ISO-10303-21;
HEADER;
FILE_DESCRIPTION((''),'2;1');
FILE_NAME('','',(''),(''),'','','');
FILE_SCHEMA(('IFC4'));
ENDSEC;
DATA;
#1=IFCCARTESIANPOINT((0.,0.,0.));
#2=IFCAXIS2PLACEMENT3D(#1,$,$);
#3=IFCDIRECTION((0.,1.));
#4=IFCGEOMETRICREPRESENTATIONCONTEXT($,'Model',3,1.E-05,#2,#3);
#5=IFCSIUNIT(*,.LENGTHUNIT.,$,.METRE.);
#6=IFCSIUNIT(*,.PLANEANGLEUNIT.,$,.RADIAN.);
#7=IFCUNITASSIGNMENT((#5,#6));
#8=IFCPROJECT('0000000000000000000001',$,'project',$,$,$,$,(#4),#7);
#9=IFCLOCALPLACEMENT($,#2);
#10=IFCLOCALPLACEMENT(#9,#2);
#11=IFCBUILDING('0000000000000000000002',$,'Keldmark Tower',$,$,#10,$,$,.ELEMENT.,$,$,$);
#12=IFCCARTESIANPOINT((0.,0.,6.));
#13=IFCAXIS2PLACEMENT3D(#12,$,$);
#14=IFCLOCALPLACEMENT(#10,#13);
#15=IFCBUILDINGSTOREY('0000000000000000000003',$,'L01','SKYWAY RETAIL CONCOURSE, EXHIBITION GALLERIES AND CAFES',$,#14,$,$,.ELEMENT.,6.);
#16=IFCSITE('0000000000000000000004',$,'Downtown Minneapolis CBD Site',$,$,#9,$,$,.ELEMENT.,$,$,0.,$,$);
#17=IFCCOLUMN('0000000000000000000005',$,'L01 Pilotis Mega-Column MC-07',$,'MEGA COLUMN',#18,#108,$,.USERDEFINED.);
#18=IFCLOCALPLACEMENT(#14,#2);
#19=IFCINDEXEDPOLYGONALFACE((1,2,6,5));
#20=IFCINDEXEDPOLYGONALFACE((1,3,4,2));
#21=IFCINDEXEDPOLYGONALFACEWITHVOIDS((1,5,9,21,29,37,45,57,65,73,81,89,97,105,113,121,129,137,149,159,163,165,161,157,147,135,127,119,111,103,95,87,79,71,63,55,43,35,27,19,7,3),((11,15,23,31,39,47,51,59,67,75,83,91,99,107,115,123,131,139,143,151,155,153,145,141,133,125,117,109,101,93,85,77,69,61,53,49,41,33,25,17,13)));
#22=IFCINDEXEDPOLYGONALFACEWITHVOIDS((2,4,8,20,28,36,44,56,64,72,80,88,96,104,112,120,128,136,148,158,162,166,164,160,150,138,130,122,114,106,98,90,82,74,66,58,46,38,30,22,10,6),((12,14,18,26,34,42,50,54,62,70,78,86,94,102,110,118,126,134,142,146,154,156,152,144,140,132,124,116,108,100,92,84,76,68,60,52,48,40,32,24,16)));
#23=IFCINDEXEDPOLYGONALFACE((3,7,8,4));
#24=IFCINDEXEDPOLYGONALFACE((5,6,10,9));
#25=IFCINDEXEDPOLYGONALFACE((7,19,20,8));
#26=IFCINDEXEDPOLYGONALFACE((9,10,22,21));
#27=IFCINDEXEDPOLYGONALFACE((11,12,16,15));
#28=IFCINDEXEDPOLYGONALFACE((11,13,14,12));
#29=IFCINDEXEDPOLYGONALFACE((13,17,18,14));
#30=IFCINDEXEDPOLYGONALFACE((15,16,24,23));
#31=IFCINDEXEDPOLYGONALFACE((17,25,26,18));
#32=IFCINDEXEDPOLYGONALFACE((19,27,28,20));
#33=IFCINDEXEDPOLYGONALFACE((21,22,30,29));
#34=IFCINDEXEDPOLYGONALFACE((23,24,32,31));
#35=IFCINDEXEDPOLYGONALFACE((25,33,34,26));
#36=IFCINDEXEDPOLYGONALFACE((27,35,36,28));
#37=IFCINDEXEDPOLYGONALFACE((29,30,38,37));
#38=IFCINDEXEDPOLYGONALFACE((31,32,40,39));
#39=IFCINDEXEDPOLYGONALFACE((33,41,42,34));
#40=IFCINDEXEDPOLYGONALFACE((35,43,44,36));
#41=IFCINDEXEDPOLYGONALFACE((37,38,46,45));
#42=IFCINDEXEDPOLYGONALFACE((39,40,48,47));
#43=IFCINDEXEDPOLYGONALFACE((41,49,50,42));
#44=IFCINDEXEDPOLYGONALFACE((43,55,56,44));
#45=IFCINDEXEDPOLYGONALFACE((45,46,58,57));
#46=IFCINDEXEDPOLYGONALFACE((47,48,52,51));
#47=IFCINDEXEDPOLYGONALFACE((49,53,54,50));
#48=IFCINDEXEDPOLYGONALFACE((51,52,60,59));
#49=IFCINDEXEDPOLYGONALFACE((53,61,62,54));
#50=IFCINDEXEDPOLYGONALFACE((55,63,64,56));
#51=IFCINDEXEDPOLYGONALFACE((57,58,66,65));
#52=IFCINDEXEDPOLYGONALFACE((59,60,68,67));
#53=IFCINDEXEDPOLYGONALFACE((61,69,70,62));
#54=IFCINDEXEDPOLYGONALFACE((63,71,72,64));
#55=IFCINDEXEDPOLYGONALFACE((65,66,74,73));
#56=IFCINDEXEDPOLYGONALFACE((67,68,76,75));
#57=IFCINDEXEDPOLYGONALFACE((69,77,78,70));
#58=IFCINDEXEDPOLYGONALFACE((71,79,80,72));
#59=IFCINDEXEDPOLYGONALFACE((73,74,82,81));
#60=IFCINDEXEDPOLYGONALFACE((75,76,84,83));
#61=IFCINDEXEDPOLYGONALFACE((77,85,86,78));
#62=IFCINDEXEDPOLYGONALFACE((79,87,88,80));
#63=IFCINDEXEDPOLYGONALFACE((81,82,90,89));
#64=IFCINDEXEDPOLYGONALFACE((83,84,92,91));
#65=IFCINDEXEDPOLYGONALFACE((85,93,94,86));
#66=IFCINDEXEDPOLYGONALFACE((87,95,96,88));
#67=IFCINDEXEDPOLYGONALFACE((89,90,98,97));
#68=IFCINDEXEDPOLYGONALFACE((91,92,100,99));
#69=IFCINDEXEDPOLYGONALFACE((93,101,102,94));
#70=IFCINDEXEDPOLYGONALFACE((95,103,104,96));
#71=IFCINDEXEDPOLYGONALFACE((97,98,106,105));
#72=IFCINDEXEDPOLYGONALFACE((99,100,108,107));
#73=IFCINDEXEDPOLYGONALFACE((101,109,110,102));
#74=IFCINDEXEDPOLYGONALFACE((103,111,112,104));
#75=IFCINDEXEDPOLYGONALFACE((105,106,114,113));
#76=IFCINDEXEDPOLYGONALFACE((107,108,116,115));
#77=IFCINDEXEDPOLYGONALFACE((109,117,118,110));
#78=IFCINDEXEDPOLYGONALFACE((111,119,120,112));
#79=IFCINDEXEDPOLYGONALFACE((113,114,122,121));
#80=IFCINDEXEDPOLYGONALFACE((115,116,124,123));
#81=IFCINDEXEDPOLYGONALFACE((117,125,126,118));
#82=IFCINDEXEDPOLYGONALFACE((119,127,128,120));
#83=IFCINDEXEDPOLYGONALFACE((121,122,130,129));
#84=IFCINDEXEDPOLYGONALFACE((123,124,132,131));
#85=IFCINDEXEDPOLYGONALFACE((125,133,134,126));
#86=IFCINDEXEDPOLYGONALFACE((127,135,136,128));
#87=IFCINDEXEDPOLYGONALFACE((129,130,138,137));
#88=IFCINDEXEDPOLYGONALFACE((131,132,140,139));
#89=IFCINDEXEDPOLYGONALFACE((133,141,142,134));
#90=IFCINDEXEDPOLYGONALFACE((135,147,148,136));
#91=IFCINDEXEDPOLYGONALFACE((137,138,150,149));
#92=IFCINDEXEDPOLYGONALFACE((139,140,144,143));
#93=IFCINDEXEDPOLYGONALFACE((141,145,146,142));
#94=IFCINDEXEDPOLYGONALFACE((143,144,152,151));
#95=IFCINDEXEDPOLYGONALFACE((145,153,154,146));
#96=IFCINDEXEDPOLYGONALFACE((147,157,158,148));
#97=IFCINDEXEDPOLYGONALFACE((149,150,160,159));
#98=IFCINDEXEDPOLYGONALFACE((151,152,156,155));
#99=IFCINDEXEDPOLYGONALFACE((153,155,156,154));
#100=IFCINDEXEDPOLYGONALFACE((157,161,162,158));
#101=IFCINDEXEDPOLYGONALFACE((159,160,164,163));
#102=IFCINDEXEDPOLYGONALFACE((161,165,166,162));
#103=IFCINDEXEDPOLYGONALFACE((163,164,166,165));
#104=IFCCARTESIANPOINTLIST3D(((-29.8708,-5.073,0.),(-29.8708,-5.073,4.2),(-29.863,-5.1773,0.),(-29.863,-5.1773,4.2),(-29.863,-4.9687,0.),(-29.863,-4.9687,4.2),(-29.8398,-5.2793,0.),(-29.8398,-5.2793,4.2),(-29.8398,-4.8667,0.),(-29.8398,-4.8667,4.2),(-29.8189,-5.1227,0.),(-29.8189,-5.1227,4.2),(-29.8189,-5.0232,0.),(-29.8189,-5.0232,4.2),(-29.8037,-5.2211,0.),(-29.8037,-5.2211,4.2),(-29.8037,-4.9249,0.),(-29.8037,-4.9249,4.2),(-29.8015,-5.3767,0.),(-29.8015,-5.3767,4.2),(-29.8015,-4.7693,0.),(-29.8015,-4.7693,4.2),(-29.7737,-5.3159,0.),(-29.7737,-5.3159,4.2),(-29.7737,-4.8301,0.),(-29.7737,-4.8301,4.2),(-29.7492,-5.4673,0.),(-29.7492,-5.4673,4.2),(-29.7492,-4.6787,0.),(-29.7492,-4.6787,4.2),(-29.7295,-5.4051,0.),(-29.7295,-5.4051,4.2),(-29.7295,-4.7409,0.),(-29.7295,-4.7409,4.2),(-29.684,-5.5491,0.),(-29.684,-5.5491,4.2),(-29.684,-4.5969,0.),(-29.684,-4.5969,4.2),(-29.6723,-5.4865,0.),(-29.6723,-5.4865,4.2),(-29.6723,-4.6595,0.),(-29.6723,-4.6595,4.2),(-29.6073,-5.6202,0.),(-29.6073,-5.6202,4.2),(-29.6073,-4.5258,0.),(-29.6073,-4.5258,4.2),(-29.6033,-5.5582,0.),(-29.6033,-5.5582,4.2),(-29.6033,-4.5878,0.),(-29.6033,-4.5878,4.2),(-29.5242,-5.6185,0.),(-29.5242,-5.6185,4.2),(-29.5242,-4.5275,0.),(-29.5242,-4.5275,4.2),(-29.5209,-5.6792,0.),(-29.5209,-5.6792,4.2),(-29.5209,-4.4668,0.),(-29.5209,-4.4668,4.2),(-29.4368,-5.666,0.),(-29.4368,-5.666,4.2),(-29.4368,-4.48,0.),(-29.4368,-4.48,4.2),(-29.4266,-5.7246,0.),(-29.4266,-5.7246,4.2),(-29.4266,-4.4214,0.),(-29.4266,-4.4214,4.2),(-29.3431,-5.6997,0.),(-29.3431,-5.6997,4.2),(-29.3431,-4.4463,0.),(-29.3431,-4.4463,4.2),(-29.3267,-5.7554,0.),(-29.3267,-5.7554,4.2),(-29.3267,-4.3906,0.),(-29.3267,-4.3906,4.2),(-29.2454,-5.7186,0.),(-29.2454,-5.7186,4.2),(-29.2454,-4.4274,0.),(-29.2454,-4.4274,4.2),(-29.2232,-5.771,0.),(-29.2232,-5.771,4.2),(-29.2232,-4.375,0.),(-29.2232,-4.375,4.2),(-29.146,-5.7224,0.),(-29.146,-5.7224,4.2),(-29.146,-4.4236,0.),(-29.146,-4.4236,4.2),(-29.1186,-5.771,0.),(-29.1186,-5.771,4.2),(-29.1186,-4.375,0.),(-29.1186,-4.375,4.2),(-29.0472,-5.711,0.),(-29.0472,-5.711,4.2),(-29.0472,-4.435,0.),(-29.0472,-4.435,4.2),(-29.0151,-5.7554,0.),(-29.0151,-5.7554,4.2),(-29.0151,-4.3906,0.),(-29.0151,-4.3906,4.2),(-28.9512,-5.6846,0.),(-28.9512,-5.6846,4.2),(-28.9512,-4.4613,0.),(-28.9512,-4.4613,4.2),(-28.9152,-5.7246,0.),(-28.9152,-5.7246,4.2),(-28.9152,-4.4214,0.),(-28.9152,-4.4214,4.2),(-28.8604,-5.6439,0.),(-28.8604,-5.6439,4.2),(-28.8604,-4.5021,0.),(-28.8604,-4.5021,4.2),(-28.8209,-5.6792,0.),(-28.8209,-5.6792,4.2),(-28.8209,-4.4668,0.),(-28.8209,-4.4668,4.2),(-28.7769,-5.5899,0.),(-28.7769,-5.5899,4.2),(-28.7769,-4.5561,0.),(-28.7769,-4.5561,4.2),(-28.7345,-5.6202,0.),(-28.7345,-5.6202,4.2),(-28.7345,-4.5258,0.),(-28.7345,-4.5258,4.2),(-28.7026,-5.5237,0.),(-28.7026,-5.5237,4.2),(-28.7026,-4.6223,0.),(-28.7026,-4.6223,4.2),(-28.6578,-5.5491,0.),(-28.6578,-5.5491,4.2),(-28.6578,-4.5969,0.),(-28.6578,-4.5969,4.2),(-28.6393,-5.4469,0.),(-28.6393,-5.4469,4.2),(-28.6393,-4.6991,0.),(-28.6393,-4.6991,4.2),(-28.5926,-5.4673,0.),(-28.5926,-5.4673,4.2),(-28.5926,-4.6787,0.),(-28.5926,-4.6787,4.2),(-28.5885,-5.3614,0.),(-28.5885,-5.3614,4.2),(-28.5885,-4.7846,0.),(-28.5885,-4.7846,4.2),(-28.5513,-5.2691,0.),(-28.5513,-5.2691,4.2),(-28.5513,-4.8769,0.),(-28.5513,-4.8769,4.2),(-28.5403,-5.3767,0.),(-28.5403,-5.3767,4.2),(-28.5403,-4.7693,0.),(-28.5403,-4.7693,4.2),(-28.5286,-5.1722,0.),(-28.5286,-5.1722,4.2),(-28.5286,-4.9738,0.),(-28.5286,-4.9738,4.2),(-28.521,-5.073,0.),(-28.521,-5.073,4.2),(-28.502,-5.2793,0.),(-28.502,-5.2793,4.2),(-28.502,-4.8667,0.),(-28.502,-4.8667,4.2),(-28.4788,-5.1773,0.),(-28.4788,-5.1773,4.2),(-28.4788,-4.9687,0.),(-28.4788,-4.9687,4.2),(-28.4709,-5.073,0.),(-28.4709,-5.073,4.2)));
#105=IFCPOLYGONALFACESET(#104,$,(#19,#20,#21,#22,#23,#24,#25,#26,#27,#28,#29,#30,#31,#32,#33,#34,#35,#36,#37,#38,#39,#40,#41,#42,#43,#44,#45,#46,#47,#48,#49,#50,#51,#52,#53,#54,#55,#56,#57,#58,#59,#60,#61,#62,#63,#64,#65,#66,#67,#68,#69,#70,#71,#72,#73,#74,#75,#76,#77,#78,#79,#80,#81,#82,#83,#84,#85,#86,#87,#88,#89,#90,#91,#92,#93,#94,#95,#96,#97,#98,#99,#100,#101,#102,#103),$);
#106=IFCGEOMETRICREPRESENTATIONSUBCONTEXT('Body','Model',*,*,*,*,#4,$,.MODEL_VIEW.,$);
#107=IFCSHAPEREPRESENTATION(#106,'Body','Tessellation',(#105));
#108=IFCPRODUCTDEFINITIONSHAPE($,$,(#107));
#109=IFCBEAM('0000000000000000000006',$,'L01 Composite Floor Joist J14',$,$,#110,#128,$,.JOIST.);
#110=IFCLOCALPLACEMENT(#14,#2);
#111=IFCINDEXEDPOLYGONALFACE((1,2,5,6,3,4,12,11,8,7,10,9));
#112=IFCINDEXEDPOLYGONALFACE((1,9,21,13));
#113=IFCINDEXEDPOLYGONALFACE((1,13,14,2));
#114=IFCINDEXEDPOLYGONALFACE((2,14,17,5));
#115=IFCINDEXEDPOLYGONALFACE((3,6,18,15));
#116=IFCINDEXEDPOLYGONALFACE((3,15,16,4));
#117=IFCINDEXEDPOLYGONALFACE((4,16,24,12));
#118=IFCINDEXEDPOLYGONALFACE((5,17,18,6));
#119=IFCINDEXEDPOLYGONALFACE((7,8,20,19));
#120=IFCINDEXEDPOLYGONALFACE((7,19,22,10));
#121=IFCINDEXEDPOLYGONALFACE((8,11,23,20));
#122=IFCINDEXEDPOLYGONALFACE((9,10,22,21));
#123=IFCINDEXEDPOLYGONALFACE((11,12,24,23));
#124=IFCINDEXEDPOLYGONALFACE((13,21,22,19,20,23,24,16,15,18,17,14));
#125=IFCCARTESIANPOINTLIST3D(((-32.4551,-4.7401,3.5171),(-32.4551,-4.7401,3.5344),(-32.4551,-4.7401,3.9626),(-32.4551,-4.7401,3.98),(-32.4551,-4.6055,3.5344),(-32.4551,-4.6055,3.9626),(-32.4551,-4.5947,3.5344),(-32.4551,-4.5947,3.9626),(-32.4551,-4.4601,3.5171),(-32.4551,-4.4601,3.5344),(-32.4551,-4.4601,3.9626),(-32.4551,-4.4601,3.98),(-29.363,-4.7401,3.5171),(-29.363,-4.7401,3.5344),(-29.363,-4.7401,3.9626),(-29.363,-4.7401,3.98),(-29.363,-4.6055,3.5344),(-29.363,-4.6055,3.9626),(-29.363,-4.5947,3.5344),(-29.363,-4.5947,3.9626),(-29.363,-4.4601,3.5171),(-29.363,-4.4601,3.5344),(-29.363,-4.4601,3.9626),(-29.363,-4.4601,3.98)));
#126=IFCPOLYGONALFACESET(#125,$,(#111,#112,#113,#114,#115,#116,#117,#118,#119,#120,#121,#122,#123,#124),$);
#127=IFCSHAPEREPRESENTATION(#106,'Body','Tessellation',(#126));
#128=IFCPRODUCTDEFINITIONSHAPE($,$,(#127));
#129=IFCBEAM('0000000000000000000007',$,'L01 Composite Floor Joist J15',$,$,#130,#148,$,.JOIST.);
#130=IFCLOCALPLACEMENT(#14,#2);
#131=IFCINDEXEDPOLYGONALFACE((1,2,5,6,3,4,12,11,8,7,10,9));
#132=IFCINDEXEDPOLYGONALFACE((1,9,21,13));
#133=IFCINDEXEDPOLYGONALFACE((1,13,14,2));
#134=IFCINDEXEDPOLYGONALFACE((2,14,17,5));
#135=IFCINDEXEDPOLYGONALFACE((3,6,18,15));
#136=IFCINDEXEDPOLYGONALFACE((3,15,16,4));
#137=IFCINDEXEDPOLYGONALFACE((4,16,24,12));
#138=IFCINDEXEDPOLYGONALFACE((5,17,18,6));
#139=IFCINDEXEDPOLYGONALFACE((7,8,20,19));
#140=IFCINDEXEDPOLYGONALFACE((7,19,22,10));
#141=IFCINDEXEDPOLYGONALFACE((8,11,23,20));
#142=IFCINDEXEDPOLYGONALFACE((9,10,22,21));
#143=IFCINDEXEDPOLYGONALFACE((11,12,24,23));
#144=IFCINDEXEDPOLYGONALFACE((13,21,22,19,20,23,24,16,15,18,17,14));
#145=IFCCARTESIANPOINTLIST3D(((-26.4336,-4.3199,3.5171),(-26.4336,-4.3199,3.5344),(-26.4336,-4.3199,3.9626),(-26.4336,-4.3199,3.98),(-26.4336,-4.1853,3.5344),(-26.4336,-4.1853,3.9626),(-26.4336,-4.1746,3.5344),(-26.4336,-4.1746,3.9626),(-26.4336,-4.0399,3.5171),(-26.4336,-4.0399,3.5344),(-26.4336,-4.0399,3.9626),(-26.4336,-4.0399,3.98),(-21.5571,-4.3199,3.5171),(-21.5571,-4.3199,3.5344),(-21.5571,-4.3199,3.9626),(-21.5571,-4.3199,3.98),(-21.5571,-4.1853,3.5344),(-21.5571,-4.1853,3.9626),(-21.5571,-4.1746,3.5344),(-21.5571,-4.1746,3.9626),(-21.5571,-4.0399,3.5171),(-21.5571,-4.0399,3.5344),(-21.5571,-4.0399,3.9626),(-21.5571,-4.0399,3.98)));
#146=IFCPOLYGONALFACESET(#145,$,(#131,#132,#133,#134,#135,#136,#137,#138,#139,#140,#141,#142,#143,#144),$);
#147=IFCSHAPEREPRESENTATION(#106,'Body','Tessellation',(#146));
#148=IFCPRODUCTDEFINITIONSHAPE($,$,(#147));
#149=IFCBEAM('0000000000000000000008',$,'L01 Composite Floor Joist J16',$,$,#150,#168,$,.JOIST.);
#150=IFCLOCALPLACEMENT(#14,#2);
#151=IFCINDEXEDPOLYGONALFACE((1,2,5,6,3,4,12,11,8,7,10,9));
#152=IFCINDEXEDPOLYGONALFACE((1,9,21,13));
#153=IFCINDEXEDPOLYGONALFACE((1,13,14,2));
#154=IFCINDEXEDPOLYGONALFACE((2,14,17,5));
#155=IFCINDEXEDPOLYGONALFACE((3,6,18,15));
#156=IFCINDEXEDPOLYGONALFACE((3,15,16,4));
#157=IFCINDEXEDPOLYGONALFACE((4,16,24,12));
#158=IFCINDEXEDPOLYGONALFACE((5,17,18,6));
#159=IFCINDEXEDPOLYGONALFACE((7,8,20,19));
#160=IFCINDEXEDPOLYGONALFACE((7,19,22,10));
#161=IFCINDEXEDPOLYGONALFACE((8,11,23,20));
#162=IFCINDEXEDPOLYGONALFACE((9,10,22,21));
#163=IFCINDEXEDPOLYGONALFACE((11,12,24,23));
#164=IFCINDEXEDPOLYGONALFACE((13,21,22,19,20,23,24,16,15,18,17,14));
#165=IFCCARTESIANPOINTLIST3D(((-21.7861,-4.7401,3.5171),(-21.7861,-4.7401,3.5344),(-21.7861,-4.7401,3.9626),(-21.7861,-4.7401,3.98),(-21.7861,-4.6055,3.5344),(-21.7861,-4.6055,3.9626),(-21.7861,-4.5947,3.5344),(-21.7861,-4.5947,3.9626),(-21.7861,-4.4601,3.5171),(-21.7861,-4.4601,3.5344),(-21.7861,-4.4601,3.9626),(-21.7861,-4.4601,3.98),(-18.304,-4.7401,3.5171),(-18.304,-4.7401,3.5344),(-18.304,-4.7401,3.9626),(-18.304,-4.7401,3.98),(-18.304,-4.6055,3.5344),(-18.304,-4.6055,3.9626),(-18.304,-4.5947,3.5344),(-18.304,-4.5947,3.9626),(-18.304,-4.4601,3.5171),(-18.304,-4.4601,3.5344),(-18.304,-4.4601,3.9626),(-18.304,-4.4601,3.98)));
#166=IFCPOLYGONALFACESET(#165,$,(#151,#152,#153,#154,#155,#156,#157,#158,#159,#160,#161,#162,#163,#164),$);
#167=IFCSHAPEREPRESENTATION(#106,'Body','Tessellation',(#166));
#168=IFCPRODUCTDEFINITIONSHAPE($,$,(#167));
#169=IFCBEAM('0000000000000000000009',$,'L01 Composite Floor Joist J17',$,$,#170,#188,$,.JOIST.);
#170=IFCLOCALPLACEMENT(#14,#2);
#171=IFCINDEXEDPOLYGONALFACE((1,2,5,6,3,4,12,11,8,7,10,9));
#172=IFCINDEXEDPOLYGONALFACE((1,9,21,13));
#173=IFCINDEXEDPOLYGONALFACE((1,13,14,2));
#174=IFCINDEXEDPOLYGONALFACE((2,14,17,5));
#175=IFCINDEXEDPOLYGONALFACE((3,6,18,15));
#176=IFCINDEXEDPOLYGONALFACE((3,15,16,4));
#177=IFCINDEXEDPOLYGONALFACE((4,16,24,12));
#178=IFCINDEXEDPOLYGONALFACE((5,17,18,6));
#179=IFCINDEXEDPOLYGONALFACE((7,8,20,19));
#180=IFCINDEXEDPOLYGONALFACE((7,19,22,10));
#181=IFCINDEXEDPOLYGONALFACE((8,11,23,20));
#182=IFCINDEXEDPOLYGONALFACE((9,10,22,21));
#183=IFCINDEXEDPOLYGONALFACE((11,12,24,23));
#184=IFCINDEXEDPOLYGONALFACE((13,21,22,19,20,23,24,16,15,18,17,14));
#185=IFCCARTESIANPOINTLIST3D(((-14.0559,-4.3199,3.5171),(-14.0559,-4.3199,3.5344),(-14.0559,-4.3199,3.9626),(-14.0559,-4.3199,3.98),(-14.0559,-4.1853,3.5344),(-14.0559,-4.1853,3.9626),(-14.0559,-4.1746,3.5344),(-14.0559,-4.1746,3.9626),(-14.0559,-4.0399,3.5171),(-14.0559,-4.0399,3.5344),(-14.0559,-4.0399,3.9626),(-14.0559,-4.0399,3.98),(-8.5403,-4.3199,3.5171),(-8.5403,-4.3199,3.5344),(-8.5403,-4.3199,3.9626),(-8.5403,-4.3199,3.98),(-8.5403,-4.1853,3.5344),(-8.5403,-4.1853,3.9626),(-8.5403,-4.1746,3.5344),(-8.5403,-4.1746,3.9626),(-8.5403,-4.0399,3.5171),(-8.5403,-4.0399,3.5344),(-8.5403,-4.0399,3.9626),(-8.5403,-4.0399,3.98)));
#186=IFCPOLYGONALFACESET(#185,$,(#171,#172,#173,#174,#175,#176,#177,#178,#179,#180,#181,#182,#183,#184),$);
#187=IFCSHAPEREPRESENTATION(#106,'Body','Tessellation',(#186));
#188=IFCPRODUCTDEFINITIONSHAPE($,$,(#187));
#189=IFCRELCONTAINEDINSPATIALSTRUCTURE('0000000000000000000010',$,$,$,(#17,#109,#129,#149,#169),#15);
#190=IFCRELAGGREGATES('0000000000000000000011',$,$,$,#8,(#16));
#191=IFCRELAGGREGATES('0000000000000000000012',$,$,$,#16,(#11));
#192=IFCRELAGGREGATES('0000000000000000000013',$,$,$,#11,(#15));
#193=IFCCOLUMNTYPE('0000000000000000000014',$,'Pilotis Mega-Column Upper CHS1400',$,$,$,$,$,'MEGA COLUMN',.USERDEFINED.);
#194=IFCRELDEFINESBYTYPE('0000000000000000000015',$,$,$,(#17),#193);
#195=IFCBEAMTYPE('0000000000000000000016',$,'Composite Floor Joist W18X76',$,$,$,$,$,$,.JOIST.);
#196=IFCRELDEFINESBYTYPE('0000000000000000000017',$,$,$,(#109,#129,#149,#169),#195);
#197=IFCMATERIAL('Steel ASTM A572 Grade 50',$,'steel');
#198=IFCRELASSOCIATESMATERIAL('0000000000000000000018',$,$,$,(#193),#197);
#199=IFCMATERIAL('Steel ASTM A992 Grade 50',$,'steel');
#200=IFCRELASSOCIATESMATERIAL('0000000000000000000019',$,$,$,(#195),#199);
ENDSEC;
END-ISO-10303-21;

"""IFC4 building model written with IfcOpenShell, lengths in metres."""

from ifc_helpers import new_model, si_unit, direction, frame, origin, origin_2d, place, context, subcontext, project, spatial, hollow_circle, i_section, extrude, material, material_profile, profile_set, type_object, element, save


model = new_model("IFC4")

# Units and contexts
model_context = context("Model", 3, precision=1e-05, world=origin(), true_north=direction((0.0, 1.0)))
body_context = subcontext(model_context, "Body", "Model", "MODEL_VIEW")
ifc_project = project(units=[si_unit("LENGTHUNIT", "METRE"), si_unit("PLANEANGLEUNIT", "RADIAN")], contexts=[model_context])

# Site, building, storey
site_placement = place(None, origin())
site = spatial("IfcSite", under=ifc_project, at=site_placement, Name="Downtown Minneapolis CBD Site", CompositionType="ELEMENT", RefElevation=0.0)
building_placement = place(site_placement, origin())
building = spatial("IfcBuilding", under=site, at=building_placement, Name="Keldmark Tower", CompositionType="ELEMENT")
storey_placement = place(building_placement, frame((0.0, 0.0, 6.0)))
storey = spatial("IfcBuildingStorey", under=building, at=storey_placement, Name="L01", Description="SKYWAY RETAIL CONCOURSE, EXHIBITION GALLERIES AND CAFES", CompositionType="ELEMENT", Elevation=6.0)

# Column
ifc_material_1 = material(Name="Steel ASTM A572 Grade 50", Category="steel")
ifc_material_profile_1 = material_profile(ifc_material_1, hollow_circle(Radius=0.7, WallThickness=0.05, at=origin_2d()), Name="CHS1400X50")
ifc_profile_set_1 = profile_set([ifc_material_profile_1], Name="Steel ASTM A572 Grade 50")
column_type = type_object("IfcColumnType", Name="Pilotis Mega-Column Upper CHS1400", ElementType="MEGA COLUMN", PredefinedType="USERDEFINED", material=ifc_profile_set_1)
column_placement = place(storey_placement, frame((-29.1709, -5.073, 0.0), z_axis=(0.0, 0.0, 1.0), x_axis=(1.0, 0.0, 0.0)))
element("IfcColumn", 1, at=column_placement, inside=storey, type_object=column_type, Name="L01 Pilotis Mega-Column MC-07", ObjectType="MEGA COLUMN", PredefinedType="USERDEFINED", context=body_context, shape_type="SweptSolid", body=[
    extrude(hollow_circle(Radius=0.7, WallThickness=0.05, at=origin_2d()), origin(), (0.0, 0.0, 1.0), 4.2),
])

# Beams
ifc_material_2 = material(Name="Steel ASTM A992 Grade 50", Category="steel")
ifc_material_profile_2 = material_profile(ifc_material_2, i_section(OverallWidth=0.28, OverallDepth=0.4629, WebThickness=0.0107, FlangeThickness=0.0173, at=origin_2d()), Name="W18X76")
ifc_profile_set_2 = profile_set([ifc_material_profile_2], Name="Steel ASTM A992 Grade 50")
beam_type_1 = type_object("IfcBeamType", Name="Composite Floor Joist W18X76", PredefinedType="JOIST", material=ifc_profile_set_2)
beam_1_placement = place(storey_placement, frame((-32.4551, -4.6001, 3.7485), z_axis=(1.0, 0.0, 0.0), x_axis=(0.0, 1.0, 0.0)))
element("IfcBeam", 2, at=beam_1_placement, inside=storey, type_object=beam_type_1, Name="L01 Composite Floor Joist J14", PredefinedType="JOIST", context=body_context, shape_type="SweptSolid", body=[
    extrude(i_section(OverallWidth=0.28, OverallDepth=0.4629, WebThickness=0.0107, FlangeThickness=0.0173, at=origin_2d()), origin(), (0.0, 0.0, 1.0), 3.092),
])
beam_2_placement = place(storey_placement, frame((-26.4336, -4.1799, 3.7485), z_axis=(1.0, 0.0, 0.0), x_axis=(0.0, 1.0, 0.0)))
element("IfcBeam", 3, at=beam_2_placement, inside=storey, type_object=beam_type_1, Name="L01 Composite Floor Joist J15", PredefinedType="JOIST", context=body_context, shape_type="SweptSolid", body=[
    extrude(i_section(OverallWidth=0.28, OverallDepth=0.4629, WebThickness=0.0107, FlangeThickness=0.0173, at=origin_2d()), origin(), (0.0, 0.0, 1.0), 4.8765),
])
beam_3_placement = place(storey_placement, frame((-21.7861, -4.6001, 3.7485), z_axis=(1.0, 0.0, 0.0), x_axis=(0.0, 1.0, 0.0)))
element("IfcBeam", 4, at=beam_3_placement, inside=storey, type_object=beam_type_1, Name="L01 Composite Floor Joist J16", PredefinedType="JOIST", context=body_context, shape_type="SweptSolid", body=[
    extrude(i_section(OverallWidth=0.28, OverallDepth=0.4629, WebThickness=0.0107, FlangeThickness=0.0173, at=origin_2d()), origin(), (0.0, 0.0, 1.0), 3.4822),
])
beam_4_placement = place(storey_placement, frame((-14.0559, -4.1799, 3.7485), z_axis=(1.0, 0.0, 0.0), x_axis=(0.0, 1.0, 0.0)))
element("IfcBeam", 5, at=beam_4_placement, inside=storey, type_object=beam_type_1, Name="L01 Composite Floor Joist J17", PredefinedType="JOIST", context=body_context, shape_type="SweptSolid", body=[
    extrude(i_section(OverallWidth=0.28, OverallDepth=0.4629, WebThickness=0.0107, FlangeThickness=0.0173, at=origin_2d()), origin(), (0.0, 0.0, 1.0), 5.5156),
])

save(model, "model.ifc")
